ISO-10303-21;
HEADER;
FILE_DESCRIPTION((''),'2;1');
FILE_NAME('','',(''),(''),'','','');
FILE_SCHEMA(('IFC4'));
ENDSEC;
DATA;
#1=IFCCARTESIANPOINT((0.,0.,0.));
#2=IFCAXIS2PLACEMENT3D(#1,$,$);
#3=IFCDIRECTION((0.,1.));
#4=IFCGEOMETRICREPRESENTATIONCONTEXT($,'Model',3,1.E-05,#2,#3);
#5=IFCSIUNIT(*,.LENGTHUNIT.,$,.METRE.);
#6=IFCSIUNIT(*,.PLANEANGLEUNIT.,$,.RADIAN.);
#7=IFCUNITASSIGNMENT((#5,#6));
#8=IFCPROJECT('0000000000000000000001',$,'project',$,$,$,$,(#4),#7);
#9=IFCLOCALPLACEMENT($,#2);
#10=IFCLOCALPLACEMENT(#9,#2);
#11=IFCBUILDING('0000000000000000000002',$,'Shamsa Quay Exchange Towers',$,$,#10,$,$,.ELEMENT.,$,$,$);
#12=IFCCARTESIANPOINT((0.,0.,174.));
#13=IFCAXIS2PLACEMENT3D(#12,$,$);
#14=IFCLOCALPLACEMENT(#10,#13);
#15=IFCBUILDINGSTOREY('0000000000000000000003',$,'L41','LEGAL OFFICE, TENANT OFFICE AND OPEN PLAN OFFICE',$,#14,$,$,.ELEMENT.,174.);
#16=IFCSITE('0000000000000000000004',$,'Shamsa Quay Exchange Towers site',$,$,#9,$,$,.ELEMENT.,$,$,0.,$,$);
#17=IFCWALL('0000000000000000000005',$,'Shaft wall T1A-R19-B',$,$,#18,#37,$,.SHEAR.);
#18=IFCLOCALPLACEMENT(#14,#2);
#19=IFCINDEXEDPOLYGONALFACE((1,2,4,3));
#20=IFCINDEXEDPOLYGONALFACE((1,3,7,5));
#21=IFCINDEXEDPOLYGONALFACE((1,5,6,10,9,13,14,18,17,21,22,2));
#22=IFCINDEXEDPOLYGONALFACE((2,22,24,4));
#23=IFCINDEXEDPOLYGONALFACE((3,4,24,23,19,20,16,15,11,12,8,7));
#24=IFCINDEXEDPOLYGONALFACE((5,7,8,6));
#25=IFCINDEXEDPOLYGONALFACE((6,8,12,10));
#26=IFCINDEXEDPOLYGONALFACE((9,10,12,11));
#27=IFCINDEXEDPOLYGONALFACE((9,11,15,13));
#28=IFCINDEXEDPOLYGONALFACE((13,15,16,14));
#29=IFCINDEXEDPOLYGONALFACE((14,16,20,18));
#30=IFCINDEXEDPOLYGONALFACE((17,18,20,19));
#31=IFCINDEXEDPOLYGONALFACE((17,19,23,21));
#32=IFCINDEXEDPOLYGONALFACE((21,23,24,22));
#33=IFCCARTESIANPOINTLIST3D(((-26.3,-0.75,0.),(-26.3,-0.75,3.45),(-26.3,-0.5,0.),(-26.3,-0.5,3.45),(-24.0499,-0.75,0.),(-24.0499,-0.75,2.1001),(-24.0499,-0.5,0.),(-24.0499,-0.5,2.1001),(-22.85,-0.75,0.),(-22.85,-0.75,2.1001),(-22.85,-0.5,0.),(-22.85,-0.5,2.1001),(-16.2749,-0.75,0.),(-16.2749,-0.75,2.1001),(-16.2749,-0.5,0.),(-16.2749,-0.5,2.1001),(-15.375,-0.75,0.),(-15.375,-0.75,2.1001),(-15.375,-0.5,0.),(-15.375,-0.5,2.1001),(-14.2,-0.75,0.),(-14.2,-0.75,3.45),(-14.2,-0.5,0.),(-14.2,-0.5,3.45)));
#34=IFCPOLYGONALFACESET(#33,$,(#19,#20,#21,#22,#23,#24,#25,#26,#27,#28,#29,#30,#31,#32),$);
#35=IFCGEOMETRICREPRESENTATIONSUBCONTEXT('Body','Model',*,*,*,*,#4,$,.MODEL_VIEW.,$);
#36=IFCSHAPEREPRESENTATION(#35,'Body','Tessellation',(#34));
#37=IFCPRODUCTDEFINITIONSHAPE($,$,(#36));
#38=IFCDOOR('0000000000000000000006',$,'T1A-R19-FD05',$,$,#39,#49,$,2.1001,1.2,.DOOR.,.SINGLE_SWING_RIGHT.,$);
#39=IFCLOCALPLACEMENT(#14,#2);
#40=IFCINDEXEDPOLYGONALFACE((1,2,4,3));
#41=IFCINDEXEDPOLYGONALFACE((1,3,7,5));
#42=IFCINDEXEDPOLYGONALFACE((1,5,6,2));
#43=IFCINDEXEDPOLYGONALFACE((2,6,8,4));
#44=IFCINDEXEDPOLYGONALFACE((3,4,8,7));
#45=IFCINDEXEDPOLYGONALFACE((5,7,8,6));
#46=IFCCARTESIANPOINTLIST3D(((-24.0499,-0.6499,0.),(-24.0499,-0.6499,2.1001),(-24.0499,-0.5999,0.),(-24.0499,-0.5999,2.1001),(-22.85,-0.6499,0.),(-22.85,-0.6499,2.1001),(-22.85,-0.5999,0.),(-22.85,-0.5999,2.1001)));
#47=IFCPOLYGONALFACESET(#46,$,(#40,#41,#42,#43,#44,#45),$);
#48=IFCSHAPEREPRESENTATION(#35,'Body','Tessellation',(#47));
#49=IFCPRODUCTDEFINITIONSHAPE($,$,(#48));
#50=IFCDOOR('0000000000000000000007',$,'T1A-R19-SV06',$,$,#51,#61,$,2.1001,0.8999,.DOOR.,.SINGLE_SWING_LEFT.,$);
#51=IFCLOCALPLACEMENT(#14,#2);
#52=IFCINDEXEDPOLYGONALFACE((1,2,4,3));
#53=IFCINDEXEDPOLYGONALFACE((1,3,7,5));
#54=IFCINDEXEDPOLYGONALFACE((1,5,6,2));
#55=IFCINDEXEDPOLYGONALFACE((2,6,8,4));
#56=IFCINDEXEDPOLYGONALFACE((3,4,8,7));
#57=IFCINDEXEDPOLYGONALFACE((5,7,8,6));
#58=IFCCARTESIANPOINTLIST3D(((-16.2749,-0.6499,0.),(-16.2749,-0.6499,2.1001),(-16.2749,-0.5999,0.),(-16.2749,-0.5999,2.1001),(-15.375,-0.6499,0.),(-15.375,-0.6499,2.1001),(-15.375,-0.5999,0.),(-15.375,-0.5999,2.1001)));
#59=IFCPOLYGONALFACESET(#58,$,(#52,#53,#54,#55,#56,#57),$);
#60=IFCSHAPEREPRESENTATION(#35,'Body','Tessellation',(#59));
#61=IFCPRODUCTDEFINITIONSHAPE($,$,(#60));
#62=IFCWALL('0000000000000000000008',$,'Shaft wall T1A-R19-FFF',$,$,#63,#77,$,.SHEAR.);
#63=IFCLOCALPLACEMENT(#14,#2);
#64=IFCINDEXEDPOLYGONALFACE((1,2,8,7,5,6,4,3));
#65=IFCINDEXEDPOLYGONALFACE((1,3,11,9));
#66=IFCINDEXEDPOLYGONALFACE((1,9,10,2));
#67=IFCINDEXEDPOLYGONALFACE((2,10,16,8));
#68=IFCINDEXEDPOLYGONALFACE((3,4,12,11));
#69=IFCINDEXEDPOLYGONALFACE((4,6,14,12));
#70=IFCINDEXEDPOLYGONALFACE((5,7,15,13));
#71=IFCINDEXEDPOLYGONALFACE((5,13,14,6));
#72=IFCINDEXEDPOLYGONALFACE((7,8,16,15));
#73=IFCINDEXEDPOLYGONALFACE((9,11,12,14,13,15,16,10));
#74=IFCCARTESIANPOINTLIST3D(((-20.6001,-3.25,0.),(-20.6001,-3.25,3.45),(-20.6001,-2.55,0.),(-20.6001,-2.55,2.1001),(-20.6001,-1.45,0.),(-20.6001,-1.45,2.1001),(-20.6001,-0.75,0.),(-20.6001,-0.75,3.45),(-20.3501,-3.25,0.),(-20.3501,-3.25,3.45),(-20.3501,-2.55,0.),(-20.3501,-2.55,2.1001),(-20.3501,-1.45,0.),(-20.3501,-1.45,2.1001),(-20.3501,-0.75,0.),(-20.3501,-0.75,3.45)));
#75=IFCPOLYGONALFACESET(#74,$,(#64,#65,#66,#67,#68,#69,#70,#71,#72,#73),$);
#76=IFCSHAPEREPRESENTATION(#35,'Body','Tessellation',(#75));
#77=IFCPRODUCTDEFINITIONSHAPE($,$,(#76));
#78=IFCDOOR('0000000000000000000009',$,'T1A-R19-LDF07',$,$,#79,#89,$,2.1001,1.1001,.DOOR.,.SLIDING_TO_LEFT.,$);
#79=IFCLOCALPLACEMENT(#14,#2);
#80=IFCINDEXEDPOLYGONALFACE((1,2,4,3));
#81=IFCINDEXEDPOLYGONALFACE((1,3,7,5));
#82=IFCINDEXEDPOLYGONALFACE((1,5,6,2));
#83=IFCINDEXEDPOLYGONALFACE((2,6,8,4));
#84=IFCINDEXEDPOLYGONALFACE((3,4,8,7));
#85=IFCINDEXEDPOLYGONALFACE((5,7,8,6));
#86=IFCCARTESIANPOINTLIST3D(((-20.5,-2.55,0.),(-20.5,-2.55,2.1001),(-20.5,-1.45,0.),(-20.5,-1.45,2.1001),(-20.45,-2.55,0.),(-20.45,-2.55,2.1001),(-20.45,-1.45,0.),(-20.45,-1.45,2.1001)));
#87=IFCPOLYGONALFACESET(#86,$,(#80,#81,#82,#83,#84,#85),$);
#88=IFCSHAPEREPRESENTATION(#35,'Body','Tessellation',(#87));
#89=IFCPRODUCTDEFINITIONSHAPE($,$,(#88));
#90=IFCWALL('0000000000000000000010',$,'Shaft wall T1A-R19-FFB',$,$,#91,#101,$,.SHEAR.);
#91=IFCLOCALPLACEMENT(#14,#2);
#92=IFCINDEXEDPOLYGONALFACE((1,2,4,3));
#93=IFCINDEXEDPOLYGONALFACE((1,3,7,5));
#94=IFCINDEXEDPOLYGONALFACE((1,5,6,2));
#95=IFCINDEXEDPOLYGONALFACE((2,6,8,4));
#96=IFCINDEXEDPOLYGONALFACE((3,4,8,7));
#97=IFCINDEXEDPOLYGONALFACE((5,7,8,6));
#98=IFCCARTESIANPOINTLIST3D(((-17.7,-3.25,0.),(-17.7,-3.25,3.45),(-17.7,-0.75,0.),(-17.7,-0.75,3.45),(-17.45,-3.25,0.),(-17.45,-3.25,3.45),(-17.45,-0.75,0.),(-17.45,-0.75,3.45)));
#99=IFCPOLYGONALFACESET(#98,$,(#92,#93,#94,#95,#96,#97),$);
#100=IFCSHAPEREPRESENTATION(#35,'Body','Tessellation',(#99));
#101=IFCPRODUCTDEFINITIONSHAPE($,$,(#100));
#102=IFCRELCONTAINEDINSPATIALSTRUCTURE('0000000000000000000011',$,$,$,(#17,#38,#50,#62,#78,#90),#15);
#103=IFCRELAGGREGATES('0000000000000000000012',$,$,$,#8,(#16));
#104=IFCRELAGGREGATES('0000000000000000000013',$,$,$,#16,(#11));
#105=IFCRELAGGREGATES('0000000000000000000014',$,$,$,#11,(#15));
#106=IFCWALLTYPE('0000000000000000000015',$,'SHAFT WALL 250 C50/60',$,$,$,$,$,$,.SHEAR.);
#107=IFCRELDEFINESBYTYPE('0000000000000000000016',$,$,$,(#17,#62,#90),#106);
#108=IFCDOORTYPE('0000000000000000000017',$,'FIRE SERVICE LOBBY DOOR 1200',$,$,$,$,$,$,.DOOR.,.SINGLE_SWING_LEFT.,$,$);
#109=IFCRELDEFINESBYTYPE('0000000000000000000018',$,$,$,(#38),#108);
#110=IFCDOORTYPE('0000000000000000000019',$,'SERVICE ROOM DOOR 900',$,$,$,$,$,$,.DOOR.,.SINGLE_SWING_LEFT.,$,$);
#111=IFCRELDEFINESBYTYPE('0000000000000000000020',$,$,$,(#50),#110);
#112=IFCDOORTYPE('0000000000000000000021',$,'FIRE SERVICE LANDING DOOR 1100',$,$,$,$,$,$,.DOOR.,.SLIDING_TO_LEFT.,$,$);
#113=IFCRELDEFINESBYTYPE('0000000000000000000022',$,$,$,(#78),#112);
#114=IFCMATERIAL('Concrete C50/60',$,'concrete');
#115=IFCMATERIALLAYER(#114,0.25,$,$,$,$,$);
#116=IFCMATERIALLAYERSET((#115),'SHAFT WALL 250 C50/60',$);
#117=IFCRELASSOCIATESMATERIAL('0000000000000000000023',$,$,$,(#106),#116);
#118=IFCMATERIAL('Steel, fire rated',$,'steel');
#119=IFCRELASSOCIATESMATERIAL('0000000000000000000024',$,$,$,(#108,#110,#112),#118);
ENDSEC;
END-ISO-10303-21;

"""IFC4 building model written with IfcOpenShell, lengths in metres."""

from ifc_helpers import new_model, si_unit, direction, frame, frame_2d, origin, place, context, subcontext, project, spatial, rectangle, extrude, material, layer, layer_set, type_object, element, fill, save


model = new_model("IFC4")

# Units and contexts
model_context = context("Model", 3, precision=1e-05, world=origin(), true_north=direction((0.0, 1.0)))
body_context = subcontext(model_context, "Body", "Model", "MODEL_VIEW")
ifc_project = project(units=[si_unit("LENGTHUNIT", "METRE"), si_unit("PLANEANGLEUNIT", "RADIAN")], contexts=[model_context])

# Site, building, storey
site_placement = place(None, origin())
site = spatial("IfcSite", under=ifc_project, at=site_placement, Name="Shamsa Quay Exchange Towers site", CompositionType="ELEMENT", RefElevation=0.0)
building_placement = place(site_placement, origin())
building = spatial("IfcBuilding", under=site, at=building_placement, Name="Shamsa Quay Exchange Towers", CompositionType="ELEMENT")
storey_placement = place(building_placement, frame((0.0, 0.0, 174.0)))
storey = spatial("IfcBuildingStorey", under=building, at=storey_placement, Name="L41", Description="LEGAL OFFICE, TENANT OFFICE AND OPEN PLAN OFFICE", CompositionType="ELEMENT", Elevation=174.0)

# Shared definitions
ifc_material_1 = material(Name="Concrete C50/60", Category="concrete")
ifc_layer_1 = layer(ifc_material_1, 0.25)
ifc_layer_set_1 = layer_set([ifc_layer_1], Name="SHAFT WALL 250 C50/60")
wall_type = type_object("IfcWallType", Name="SHAFT WALL 250 C50/60", PredefinedType="SHEAR", material=ifc_layer_set_1)
ifc_material_2 = material(Name="Steel, fire rated", Category="steel")

# Wall, openings, doors
wall_1_placement = place(storey_placement, frame((-14.2, -0.625, 0.0), z_axis=(0.0, 0.0, 1.0), x_axis=(-1.0, 0.0, 0.0)))
wall_1 = element("IfcWall", 1, at=wall_1_placement, inside=storey, type_object=wall_type, Name="Shaft wall T1A-R19-B", PredefinedType="SHEAR", context=body_context, shape_type="SweptSolid", body=[
    extrude(rectangle(XDim=12.1001, YDim=0.25, at=frame_2d((6.05, 0.0))), origin(), (0.0, 0.0, 1.0), 3.45),
])
opening_1_placement = place(wall_1_placement, frame((8.6499, 0.0, 0.0)))
opening_1 = element("IfcOpeningElement", 2, at=opening_1_placement, cuts=wall_1, PredefinedType="OPENING", context=body_context, shape_type="SweptSolid", body=[
    extrude(rectangle(XDim=1.2, YDim=2.1001, at=frame_2d((0.6001, 1.05))), frame((0.0, 0.135, 0.0), z_axis=(0.0, -1.0, 0.0), x_axis=(1.0, 0.0, 0.0)), (0.0, 0.0, 1.0), 0.27),
])
opening_2_placement = place(wall_1_placement, frame((1.175, 0.0, 0.0)))
opening_2 = element("IfcOpeningElement", 3, at=opening_2_placement, cuts=wall_1, PredefinedType="OPENING", context=body_context, shape_type="SweptSolid", body=[
    extrude(rectangle(XDim=0.8999, YDim=2.1001, at=frame_2d((0.45, 1.05))), frame((0.0, 0.135, 0.0), z_axis=(0.0, -1.0, 0.0), x_axis=(1.0, 0.0, 0.0)), (0.0, 0.0, 1.0), 0.27),
])
door_type_1 = type_object("IfcDoorType", Name="FIRE SERVICE LOBBY DOOR 1200", OperationType="SINGLE_SWING_LEFT", PredefinedType="DOOR", material=ifc_material_2)
door_1_placement = place(opening_1_placement, origin())
door_1 = element("IfcDoor", 4, at=door_1_placement, inside=storey, type_object=door_type_1, Name="T1A-R19-FD05", OperationType="SINGLE_SWING_RIGHT", OverallHeight=2.1001, OverallWidth=1.2, PredefinedType="DOOR", context=body_context, shape_type="SweptSolid", body=[
    extrude(rectangle(XDim=1.2, YDim=2.1001, at=frame_2d((0.6001, 1.05))), frame((0.0, 0.0249, 0.0), z_axis=(0.0, -1.0, 0.0), x_axis=(1.0, 0.0, 0.0)), (0.0, 0.0, 1.0), 0.05),
])
fill(opening_1, door_1)
door_type_2 = type_object("IfcDoorType", Name="SERVICE ROOM DOOR 900", OperationType="SINGLE_SWING_LEFT", PredefinedType="DOOR", material=ifc_material_2)
door_2_placement = place(opening_2_placement, origin())
door_2 = element("IfcDoor", 5, at=door_2_placement, inside=storey, type_object=door_type_2, Name="T1A-R19-SV06", OperationType="SINGLE_SWING_LEFT", OverallHeight=2.1001, OverallWidth=0.8999, PredefinedType="DOOR", context=body_context, shape_type="SweptSolid", body=[
    extrude(rectangle(XDim=0.8999, YDim=2.1001, at=frame_2d((0.45, 1.05))), frame((0.0, 0.0249, 0.0), z_axis=(0.0, -1.0, 0.0), x_axis=(1.0, 0.0, 0.0)), (0.0, 0.0, 1.0), 0.05),
])
fill(opening_2, door_2)

# Wall, opening, door
wall_2_placement = place(storey_placement, frame((-20.4751, -3.25, 0.0), z_axis=(0.0, 0.0, 1.0), x_axis=(0.0, 1.0, 0.0)))
wall_2 = element("IfcWall", 6, at=wall_2_placement, inside=storey, type_object=wall_type, Name="Shaft wall T1A-R19-FFF", PredefinedType="SHEAR", context=body_context, shape_type="SweptSolid", body=[
    extrude(rectangle(XDim=2.5, YDim=0.25, at=frame_2d((1.25, 0.0))), origin(), (0.0, 0.0, 1.0), 3.45),
])
opening_3_placement = place(wall_2_placement, frame((0.7, 0.0, 0.0)))
opening_3 = element("IfcOpeningElement", 7, at=opening_3_placement, cuts=wall_2, PredefinedType="OPENING", context=body_context, shape_type="SweptSolid", body=[
    extrude(rectangle(XDim=1.1001, YDim=2.1001, at=frame_2d((0.55, 1.05))), frame((0.0, 0.135, 0.0), z_axis=(0.0, -1.0, 0.0), x_axis=(1.0, 0.0, 0.0)), (0.0, 0.0, 1.0), 0.27),
])
door_type_3 = type_object("IfcDoorType", Name="FIRE SERVICE LANDING DOOR 1100", OperationType="SLIDING_TO_LEFT", PredefinedType="DOOR", material=ifc_material_2)
door_3_placement = place(opening_3_placement, origin())
door_3 = element("IfcDoor", 8, at=door_3_placement, inside=storey, type_object=door_type_3, Name="T1A-R19-LDF07", OperationType="SLIDING_TO_LEFT", OverallHeight=2.1001, OverallWidth=1.1001, PredefinedType="DOOR", context=body_context, shape_type="SweptSolid", body=[
    extrude(rectangle(XDim=1.1001, YDim=2.1001, at=frame_2d((0.55, 1.05))), frame((0.0, 0.0249, 0.0), z_axis=(0.0, -1.0, 0.0), x_axis=(1.0, 0.0, 0.0)), (0.0, 0.0, 1.0), 0.05),
])
fill(opening_3, door_3)

# Wall
wall_3_placement = place(storey_placement, frame((-17.575, -3.25, 0.0), z_axis=(0.0, 0.0, 1.0), x_axis=(0.0, 1.0, 0.0)))
element("IfcWall", 9, at=wall_3_placement, inside=storey, type_object=wall_type, Name="Shaft wall T1A-R19-FFB", PredefinedType="SHEAR", context=body_context, shape_type="SweptSolid", body=[
    extrude(rectangle(XDim=2.5, YDim=0.25, at=frame_2d((1.25, 0.0))), origin(), (0.0, 0.0, 1.0), 3.45),
])

save(model, "model.ifc")
